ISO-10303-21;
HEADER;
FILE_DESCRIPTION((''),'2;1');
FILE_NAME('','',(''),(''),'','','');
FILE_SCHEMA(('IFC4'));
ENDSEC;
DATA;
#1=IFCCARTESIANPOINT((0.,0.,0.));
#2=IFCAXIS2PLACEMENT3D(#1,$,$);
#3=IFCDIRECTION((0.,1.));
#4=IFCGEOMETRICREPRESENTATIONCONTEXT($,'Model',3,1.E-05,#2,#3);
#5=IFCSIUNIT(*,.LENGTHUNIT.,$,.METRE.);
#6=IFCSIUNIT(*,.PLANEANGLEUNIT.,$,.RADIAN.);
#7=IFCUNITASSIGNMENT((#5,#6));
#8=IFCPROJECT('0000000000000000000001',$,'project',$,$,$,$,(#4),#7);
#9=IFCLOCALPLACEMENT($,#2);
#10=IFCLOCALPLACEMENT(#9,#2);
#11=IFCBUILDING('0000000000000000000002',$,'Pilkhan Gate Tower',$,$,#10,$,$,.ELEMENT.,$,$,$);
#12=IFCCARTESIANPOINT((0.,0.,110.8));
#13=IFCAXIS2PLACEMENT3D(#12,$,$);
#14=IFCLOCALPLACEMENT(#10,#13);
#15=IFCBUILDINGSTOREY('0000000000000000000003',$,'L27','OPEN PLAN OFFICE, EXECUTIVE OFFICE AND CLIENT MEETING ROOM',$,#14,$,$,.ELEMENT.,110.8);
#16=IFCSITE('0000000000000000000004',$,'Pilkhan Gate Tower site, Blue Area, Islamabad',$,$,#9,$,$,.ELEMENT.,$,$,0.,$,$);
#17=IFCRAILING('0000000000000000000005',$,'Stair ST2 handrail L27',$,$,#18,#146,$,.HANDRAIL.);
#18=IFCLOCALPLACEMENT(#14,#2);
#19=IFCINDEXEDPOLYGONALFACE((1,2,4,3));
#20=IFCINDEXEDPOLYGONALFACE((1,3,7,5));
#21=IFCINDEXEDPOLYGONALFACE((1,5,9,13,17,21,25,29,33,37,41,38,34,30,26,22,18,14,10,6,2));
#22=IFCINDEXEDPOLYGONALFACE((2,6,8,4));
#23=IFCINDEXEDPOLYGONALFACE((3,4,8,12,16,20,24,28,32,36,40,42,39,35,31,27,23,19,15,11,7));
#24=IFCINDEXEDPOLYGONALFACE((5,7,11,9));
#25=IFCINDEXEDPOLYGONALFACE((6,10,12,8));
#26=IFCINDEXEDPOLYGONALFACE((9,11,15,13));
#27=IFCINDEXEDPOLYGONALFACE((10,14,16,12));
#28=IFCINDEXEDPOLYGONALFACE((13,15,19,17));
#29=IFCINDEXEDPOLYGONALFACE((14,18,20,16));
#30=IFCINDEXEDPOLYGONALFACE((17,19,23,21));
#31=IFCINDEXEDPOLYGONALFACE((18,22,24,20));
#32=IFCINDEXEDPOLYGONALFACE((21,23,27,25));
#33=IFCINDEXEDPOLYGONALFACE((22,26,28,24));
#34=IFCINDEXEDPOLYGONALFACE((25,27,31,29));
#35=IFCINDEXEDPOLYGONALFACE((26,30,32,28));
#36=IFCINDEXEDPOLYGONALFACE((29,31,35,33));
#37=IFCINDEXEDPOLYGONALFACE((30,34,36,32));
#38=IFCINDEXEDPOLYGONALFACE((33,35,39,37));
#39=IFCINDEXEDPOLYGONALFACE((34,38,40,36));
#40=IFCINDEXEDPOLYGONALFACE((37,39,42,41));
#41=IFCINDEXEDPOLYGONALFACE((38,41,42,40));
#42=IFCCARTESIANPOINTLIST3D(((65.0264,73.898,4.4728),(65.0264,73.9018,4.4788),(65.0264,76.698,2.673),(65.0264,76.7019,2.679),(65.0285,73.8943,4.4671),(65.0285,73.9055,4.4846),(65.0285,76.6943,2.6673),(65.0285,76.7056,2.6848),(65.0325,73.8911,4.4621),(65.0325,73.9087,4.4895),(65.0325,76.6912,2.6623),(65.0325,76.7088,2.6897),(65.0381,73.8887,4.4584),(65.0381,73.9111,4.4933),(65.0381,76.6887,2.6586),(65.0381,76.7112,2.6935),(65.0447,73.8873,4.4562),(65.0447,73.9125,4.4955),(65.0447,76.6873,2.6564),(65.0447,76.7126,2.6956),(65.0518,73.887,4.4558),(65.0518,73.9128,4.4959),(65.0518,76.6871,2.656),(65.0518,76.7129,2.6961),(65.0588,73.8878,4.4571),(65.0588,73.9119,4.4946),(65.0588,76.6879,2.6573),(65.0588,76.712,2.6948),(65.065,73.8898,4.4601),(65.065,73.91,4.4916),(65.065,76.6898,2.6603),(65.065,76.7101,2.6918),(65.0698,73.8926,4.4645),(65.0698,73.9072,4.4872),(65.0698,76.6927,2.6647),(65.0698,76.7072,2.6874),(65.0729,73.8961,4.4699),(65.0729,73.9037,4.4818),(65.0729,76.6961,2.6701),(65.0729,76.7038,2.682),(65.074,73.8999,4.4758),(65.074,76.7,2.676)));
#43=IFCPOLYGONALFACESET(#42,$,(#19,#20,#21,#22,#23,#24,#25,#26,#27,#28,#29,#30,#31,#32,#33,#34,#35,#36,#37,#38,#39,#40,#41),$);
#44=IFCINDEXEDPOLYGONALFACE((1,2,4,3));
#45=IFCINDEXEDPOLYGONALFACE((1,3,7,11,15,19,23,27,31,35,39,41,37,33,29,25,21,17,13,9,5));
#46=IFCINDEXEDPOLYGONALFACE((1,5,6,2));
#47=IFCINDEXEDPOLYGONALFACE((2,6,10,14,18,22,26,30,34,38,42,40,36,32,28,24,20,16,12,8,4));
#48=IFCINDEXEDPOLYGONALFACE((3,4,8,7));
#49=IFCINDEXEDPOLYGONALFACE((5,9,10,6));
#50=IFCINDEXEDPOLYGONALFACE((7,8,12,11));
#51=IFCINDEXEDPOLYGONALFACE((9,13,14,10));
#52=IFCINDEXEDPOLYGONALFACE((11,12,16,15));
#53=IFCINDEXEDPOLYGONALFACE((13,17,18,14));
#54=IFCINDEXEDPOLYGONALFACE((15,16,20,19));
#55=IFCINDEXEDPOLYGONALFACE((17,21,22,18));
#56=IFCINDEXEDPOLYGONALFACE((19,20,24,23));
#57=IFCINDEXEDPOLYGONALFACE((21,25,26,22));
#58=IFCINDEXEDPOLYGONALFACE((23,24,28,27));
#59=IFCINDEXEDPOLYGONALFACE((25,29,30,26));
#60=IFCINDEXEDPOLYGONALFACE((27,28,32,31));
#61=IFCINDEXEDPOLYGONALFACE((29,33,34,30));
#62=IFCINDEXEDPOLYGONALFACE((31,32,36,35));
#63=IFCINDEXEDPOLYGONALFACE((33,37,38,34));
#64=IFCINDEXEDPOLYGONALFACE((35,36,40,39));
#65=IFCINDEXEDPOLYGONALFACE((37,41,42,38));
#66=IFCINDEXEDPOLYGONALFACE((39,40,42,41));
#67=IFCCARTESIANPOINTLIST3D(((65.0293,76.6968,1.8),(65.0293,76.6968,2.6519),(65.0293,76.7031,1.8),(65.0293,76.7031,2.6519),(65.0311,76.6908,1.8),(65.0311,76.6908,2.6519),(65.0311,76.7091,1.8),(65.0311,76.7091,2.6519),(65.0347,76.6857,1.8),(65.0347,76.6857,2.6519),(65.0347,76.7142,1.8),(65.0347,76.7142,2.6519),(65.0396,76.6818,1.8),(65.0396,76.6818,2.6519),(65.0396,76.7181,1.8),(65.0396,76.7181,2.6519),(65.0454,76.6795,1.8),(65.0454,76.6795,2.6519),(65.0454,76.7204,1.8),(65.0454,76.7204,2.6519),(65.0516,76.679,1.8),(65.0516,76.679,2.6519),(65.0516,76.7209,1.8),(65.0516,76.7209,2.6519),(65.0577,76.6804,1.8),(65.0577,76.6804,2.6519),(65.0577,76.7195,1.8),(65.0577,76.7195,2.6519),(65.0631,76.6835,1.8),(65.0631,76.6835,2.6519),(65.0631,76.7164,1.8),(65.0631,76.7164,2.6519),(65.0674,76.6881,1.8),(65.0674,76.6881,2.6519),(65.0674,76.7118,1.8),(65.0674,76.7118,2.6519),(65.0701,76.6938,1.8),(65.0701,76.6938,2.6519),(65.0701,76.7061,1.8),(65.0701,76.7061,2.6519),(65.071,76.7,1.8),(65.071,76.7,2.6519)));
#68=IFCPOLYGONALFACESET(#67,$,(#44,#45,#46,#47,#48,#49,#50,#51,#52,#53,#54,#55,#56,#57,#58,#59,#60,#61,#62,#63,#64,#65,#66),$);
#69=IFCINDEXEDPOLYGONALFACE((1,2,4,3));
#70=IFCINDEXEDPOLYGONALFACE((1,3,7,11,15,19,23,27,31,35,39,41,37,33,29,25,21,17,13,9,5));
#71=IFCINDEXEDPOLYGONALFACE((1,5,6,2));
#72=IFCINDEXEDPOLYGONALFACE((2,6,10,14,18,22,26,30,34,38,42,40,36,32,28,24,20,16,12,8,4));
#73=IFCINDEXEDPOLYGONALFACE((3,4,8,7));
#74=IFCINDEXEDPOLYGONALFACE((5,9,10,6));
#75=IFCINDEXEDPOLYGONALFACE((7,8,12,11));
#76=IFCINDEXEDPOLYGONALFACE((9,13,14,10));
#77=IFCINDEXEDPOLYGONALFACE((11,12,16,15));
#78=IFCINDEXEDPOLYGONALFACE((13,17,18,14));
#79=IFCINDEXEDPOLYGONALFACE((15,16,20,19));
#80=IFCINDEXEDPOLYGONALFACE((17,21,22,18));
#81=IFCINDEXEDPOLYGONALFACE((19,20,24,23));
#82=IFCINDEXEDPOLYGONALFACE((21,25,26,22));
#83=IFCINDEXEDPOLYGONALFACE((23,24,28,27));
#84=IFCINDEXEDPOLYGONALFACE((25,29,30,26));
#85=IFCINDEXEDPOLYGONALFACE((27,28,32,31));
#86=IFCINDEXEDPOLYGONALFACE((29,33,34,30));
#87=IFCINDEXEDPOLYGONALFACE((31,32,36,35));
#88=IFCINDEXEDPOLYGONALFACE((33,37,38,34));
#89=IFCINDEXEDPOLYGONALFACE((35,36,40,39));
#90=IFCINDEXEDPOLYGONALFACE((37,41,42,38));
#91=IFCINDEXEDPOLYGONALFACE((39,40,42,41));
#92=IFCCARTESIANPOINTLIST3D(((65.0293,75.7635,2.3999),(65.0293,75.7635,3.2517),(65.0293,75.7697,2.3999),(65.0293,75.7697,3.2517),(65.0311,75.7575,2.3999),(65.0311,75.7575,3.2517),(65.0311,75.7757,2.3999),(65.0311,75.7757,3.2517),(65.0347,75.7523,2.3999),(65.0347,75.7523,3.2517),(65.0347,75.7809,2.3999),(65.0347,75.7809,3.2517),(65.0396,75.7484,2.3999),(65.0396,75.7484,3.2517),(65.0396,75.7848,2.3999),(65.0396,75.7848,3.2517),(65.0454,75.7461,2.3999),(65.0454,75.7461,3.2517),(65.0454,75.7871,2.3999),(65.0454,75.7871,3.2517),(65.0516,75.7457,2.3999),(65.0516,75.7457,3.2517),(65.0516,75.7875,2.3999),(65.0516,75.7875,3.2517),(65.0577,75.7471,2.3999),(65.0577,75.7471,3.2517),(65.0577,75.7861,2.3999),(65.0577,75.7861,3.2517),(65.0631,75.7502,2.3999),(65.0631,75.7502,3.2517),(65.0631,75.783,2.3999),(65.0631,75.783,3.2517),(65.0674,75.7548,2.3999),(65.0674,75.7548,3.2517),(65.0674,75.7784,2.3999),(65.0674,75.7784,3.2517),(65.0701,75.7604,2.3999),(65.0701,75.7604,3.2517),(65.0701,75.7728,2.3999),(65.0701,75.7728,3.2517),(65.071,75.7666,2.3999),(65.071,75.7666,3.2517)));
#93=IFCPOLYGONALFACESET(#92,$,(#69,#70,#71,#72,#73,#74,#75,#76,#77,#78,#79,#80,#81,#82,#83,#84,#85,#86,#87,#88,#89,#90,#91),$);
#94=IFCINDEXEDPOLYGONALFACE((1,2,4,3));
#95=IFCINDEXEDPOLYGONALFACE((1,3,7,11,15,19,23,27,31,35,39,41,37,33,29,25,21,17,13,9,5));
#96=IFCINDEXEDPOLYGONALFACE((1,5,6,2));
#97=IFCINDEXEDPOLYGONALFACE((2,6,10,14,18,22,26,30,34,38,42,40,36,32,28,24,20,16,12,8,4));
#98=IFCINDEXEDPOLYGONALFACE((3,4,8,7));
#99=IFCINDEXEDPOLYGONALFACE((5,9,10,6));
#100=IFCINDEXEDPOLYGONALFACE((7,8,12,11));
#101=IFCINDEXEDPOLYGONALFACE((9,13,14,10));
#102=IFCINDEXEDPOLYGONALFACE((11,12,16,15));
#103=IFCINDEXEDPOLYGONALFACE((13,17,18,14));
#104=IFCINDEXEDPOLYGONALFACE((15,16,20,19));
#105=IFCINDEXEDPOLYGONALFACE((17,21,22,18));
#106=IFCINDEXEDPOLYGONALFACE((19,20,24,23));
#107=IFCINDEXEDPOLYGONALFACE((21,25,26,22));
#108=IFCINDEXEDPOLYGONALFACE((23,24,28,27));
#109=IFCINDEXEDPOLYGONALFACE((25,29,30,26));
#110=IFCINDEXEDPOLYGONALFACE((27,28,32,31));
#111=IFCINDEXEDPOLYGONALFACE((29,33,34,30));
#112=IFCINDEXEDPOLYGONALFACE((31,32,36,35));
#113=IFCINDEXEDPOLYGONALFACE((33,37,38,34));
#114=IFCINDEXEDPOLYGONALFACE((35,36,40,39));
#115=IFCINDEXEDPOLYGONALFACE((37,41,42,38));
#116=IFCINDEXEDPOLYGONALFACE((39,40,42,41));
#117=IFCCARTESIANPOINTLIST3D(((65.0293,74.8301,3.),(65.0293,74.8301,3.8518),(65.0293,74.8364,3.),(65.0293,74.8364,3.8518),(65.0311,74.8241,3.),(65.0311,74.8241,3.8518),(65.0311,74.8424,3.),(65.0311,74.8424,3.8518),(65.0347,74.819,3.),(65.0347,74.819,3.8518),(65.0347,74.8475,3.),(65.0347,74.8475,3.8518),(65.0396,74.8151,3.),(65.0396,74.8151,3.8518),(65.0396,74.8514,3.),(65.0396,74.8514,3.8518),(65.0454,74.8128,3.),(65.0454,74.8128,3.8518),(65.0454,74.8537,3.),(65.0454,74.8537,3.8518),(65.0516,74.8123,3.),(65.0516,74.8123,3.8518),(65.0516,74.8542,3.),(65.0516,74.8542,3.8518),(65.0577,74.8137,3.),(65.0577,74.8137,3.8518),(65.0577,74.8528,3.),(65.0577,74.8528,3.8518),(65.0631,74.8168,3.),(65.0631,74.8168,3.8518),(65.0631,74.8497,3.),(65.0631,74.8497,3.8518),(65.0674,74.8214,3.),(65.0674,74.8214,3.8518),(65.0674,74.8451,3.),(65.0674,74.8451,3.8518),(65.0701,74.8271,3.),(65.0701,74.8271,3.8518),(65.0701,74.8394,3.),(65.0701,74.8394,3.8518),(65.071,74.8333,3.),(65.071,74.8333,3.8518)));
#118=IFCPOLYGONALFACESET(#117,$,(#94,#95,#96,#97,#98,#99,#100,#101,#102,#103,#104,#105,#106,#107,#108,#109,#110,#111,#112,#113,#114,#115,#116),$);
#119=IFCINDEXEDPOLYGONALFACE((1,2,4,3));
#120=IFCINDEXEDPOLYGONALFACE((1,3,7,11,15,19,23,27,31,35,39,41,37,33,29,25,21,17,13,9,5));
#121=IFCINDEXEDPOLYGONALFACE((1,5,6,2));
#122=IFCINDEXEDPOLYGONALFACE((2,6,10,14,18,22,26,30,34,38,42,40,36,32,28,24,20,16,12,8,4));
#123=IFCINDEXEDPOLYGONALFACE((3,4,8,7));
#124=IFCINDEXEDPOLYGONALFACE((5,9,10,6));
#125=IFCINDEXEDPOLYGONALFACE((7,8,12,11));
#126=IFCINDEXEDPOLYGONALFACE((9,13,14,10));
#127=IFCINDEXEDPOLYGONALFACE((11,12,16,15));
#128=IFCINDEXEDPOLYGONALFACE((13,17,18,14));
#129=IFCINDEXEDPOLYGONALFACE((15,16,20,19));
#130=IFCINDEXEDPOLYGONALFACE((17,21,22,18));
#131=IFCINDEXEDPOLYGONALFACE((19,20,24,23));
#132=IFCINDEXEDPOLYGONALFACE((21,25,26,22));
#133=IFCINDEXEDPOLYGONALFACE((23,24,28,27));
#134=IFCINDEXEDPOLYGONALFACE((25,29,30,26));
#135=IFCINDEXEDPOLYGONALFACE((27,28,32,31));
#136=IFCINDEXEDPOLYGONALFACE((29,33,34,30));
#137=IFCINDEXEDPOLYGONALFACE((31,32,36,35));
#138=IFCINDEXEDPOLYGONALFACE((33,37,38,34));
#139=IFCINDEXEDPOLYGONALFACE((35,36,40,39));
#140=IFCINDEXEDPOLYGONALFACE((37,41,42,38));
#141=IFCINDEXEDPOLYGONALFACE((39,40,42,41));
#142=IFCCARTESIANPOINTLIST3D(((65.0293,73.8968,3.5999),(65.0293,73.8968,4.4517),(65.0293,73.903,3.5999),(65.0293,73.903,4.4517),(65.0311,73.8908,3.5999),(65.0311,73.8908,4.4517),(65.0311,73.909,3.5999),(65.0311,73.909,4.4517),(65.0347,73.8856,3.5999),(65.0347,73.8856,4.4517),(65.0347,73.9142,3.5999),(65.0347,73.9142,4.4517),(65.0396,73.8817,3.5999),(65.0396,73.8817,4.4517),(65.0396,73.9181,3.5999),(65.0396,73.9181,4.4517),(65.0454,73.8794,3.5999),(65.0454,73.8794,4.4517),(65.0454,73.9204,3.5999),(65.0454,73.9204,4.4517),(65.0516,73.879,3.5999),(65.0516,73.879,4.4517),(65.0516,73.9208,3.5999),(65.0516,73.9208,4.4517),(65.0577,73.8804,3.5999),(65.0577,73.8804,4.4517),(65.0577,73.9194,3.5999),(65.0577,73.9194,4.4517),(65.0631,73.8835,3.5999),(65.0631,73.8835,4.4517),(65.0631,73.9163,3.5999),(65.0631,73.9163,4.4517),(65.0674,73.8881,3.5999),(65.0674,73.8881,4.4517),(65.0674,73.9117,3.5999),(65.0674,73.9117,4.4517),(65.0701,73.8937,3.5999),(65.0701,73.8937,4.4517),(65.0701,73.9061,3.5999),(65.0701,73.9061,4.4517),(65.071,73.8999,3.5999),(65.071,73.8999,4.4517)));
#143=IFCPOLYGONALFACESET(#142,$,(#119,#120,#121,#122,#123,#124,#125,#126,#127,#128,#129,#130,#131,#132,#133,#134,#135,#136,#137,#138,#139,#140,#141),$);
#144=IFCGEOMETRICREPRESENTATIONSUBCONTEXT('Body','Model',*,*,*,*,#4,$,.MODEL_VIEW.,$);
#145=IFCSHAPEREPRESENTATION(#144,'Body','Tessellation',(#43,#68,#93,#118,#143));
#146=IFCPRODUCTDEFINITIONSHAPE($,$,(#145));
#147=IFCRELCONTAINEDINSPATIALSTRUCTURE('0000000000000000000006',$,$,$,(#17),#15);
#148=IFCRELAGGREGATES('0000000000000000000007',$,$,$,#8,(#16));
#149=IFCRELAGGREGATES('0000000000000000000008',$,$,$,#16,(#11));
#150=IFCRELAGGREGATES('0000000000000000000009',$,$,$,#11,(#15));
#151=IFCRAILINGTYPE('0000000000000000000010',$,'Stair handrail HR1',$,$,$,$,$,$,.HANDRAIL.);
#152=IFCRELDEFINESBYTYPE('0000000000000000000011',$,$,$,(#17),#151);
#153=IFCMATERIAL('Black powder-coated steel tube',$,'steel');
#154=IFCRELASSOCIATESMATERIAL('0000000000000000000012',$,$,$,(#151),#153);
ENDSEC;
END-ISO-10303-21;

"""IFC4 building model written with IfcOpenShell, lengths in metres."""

from ifc_helpers import new_model, si_unit, direction, frame, origin, origin_2d, place, context, subcontext, project, spatial, circle, extrude, material, type_object, element, save


model = new_model("IFC4")

# Units and contexts
model_context = context("Model", 3, precision=1e-05, world=origin(), true_north=direction((0.0, 1.0)))
body_context = subcontext(model_context, "Body", "Model", "MODEL_VIEW")
ifc_project = project(units=[si_unit("LENGTHUNIT", "METRE"), si_unit("PLANEANGLEUNIT", "RADIAN")], contexts=[model_context])

# Site, building, storey
site_placement = place(None, origin())
site = spatial("IfcSite", under=ifc_project, at=site_placement, Name="Pilkhan Gate Tower site, Blue Area, Islamabad", CompositionType="ELEMENT", RefElevation=0.0)
building_placement = place(site_placement, origin())
building = spatial("IfcBuilding", under=site, at=building_placement, Name="Pilkhan Gate Tower", CompositionType="ELEMENT")
storey_placement = place(building_placement, frame((0.0, 0.0, 110.8)))
storey = spatial("IfcBuildingStorey", under=building, at=storey_placement, Name="L27", Description="OPEN PLAN OFFICE, EXECUTIVE OFFICE AND CLIENT MEETING ROOM", CompositionType="ELEMENT", Elevation=110.8)

# Railing
ifc_material_1 = material(Name="Black powder-coated steel tube", Category="steel")
railing_type_1 = type_object("IfcRailingType", Name="Stair handrail HR1", PredefinedType="HANDRAIL", material=ifc_material_1)
railing_1_placement = place(storey_placement, frame((65.05, 76.7, 1.8)))
element("IfcRailing", 1, at=railing_1_placement, inside=storey, type_object=railing_type_1, Name="Stair ST2 handrail L27", PredefinedType="HANDRAIL", context=body_context, shape_type="SweptSolid", body=[
    extrude(circle(Radius=0.0239, at=origin_2d()), frame((0.0, 0.0, 0.876), z_axis=(0.0, -0.841209, 0.540709), x_axis=(1.0, 0.0, 0.0)), (0.0, 0.0, 1.0), 3.3286),
    extrude(circle(Radius=0.021, at=origin_2d()), origin(), (0.0, 0.0, 1.0), 0.8518),
    extrude(circle(Radius=0.021, at=origin_2d()), frame((0.0, -0.9333, 0.5999)), (0.0, 0.0, 1.0), 0.8518),
    extrude(circle(Radius=0.021, at=origin_2d()), frame((0.0, -1.8667, 1.2)), (0.0, 0.0, 1.0), 0.8518),
    extrude(circle(Radius=0.021, at=origin_2d()), frame((0.0, -2.8, 1.7998)), (0.0, 0.0, 1.0), 0.8518),
])

save(model, "model.ifc")
